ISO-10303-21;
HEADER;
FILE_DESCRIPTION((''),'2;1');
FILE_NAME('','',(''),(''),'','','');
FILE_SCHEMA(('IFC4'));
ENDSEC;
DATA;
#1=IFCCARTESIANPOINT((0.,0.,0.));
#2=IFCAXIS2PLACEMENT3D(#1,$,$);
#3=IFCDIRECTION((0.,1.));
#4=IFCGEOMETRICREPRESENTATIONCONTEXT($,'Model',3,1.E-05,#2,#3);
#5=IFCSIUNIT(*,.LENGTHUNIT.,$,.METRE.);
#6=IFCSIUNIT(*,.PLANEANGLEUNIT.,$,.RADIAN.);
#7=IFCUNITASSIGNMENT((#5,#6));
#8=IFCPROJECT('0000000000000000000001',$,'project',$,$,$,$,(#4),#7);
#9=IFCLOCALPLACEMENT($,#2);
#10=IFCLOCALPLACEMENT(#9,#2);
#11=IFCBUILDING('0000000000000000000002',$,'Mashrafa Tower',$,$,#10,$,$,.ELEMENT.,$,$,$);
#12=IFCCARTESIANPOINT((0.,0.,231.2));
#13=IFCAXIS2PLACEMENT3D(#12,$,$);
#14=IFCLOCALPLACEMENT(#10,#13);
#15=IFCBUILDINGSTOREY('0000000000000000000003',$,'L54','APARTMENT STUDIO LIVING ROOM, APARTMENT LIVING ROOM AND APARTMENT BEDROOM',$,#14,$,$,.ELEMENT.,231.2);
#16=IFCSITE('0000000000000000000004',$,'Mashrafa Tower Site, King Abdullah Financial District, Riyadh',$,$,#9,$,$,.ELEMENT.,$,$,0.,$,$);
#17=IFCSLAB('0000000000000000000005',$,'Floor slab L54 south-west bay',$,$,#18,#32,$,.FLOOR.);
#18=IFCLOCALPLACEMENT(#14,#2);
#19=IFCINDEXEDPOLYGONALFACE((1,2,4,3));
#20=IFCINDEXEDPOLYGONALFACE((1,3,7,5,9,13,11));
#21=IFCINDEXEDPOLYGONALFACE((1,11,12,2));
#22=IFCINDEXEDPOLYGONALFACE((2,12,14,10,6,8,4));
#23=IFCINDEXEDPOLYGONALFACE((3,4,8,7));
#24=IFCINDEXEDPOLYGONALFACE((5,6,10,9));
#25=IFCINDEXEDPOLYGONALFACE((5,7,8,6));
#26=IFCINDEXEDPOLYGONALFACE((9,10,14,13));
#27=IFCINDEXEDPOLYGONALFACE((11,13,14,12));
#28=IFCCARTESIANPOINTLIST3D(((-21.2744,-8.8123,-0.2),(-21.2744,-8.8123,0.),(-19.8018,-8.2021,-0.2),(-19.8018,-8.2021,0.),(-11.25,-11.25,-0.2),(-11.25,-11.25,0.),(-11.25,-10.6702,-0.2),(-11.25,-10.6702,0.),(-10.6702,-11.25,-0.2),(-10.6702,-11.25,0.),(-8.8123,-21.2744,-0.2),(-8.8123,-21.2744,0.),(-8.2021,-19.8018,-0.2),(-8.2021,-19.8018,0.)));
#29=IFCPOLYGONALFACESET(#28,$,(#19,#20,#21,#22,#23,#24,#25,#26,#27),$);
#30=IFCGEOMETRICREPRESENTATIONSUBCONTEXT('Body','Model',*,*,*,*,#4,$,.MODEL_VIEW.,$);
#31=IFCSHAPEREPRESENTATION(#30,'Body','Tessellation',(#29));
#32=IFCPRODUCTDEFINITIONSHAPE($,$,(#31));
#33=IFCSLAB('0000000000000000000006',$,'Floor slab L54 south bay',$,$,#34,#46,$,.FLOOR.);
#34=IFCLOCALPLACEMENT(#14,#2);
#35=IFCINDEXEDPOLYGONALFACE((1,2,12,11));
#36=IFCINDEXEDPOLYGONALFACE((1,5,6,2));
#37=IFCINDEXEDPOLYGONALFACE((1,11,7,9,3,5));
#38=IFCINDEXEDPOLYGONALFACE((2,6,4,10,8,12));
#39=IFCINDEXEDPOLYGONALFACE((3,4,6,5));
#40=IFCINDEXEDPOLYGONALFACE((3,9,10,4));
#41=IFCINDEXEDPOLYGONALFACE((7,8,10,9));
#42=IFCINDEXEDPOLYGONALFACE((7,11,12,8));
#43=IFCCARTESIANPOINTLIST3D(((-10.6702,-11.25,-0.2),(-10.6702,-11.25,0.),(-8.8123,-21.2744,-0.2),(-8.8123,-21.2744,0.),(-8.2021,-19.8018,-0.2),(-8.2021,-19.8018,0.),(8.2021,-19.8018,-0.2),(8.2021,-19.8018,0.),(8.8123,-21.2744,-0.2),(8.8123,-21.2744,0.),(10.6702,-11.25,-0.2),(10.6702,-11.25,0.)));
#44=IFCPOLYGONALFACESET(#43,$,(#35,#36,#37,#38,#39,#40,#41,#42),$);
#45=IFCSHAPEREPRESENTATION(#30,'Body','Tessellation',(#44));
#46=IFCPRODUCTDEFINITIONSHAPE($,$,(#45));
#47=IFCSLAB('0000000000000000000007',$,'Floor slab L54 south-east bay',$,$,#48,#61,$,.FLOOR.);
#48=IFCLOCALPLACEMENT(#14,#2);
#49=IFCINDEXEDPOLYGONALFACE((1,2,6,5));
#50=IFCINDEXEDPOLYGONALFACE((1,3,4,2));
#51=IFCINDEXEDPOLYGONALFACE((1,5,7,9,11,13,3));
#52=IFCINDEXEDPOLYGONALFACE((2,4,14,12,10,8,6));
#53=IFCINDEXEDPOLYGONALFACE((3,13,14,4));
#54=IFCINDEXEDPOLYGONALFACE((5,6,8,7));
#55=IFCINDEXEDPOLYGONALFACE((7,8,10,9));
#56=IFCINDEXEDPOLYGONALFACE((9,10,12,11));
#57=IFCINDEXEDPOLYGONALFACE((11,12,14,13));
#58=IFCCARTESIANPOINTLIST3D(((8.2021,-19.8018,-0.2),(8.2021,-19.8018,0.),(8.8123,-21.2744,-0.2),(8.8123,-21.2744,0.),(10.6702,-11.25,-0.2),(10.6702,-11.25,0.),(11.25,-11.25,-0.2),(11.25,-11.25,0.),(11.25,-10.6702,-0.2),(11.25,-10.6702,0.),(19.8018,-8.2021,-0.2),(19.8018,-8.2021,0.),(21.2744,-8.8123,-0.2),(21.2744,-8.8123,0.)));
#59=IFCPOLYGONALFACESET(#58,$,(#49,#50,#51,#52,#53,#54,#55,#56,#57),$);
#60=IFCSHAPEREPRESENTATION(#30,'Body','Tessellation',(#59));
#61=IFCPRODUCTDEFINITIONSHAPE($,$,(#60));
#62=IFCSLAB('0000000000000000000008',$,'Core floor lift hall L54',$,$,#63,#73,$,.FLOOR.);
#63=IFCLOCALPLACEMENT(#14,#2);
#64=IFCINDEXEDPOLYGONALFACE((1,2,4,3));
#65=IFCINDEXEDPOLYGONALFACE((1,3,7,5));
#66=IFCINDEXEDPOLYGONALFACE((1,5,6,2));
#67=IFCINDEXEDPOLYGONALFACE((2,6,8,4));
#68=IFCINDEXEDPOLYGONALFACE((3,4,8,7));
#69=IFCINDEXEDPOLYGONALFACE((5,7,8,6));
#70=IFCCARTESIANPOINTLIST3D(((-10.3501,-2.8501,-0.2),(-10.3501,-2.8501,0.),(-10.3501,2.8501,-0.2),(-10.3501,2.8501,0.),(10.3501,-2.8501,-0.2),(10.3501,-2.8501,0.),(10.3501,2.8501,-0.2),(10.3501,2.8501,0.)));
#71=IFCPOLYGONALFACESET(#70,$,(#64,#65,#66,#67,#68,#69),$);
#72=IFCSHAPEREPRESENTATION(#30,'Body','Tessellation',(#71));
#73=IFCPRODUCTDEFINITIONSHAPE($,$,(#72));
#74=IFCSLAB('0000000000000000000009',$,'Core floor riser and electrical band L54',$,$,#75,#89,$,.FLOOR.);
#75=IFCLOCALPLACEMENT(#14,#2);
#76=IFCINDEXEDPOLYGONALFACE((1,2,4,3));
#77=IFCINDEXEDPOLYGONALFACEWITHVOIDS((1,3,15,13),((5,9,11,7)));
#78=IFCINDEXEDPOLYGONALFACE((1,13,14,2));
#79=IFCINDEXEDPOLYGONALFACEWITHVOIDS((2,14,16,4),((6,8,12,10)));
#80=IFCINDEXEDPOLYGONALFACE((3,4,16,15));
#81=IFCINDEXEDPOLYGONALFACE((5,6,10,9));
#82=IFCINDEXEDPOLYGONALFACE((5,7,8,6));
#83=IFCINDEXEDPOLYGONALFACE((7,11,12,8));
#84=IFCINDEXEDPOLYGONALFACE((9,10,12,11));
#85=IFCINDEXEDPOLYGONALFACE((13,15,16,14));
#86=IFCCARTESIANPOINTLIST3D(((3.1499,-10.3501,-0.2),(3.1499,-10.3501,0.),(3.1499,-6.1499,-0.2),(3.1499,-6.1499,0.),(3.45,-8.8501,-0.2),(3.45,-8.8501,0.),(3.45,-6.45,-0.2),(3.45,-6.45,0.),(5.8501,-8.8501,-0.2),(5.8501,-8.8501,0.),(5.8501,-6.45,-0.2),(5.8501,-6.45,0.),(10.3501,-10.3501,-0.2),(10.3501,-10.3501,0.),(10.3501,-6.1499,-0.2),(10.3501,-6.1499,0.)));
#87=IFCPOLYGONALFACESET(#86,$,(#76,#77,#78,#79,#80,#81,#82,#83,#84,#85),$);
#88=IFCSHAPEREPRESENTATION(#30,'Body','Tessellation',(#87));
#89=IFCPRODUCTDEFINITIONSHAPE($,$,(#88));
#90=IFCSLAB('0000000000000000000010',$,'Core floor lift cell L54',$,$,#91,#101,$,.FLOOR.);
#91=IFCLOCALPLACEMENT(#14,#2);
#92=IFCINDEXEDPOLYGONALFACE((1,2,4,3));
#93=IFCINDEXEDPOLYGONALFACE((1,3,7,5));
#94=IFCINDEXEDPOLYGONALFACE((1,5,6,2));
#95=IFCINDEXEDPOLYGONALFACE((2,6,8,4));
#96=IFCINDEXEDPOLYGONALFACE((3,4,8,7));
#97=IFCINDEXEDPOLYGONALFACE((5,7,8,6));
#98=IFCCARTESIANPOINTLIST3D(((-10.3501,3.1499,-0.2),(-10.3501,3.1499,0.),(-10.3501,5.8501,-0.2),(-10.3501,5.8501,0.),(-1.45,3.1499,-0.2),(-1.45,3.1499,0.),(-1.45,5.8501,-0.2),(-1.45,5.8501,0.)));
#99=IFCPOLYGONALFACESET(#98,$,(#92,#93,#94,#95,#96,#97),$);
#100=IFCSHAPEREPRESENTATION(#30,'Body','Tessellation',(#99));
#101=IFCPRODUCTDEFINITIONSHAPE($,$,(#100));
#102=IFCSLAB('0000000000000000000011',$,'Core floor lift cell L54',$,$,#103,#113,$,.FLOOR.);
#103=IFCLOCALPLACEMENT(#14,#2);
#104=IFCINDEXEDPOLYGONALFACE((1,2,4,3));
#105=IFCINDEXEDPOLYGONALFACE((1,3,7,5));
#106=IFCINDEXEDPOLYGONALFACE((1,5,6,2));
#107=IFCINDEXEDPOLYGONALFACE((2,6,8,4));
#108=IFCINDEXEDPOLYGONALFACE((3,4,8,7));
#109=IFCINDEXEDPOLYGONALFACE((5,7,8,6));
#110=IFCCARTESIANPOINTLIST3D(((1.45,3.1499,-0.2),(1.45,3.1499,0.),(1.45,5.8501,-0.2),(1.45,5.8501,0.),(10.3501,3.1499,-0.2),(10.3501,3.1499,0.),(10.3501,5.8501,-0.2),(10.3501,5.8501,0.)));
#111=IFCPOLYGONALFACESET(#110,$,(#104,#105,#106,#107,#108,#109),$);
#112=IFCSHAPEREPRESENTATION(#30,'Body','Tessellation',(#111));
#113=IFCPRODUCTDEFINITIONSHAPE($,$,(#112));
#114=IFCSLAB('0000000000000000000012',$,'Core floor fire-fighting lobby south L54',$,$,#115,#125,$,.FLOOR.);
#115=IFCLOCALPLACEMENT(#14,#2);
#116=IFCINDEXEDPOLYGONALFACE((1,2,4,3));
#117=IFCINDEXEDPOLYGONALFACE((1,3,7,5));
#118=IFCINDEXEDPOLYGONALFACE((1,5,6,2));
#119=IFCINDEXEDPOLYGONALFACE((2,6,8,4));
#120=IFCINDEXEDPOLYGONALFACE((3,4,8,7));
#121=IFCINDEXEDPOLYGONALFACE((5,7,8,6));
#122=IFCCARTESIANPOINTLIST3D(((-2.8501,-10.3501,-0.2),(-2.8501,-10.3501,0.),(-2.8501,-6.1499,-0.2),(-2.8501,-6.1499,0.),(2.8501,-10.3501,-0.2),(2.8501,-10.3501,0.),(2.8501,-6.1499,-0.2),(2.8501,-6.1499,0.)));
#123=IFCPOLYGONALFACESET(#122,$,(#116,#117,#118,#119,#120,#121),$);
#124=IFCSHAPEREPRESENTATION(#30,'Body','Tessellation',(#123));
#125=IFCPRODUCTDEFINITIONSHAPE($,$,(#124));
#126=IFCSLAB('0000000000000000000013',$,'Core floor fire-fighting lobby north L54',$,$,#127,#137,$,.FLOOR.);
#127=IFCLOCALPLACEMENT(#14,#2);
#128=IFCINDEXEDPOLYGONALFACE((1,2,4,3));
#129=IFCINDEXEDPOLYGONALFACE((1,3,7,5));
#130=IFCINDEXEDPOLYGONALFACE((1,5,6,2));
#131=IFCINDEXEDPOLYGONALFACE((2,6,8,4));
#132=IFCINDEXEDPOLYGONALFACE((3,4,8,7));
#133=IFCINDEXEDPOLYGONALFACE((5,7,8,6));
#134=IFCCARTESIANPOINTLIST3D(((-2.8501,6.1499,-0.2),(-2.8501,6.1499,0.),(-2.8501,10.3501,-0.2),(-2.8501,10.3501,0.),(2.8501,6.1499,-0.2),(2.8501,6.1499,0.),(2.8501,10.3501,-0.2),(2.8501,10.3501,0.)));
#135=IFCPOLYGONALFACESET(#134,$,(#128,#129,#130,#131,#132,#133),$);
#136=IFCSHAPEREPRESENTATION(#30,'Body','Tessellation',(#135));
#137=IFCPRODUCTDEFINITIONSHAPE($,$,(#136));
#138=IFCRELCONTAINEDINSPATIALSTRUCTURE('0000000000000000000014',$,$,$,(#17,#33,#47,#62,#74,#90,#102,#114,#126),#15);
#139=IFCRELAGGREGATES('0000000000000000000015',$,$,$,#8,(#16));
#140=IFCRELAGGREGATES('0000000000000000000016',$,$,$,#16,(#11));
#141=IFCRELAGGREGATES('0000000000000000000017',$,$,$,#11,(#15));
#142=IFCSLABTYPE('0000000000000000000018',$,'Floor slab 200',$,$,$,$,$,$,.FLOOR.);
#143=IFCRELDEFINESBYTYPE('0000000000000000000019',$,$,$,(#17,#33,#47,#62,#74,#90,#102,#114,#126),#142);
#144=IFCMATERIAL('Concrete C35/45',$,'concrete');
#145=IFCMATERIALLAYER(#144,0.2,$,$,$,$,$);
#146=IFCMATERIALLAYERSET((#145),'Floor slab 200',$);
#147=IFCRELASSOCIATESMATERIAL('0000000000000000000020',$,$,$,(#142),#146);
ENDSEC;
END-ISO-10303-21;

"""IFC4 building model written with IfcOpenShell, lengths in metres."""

from ifc_helpers import new_model, si_unit, direction, frame, origin, place, context, subcontext, project, spatial, polyline, outline, extrude, material, layer, layer_set, type_object, element, save


model = new_model("IFC4")

# Units and contexts
model_context = context("Model", 3, precision=1e-05, world=origin(), true_north=direction((0.0, 1.0)))
body_context = subcontext(model_context, "Body", "Model", "MODEL_VIEW")
ifc_project = project(units=[si_unit("LENGTHUNIT", "METRE"), si_unit("PLANEANGLEUNIT", "RADIAN")], contexts=[model_context])

# Site, building, storey
site_placement = place(None, origin())
site = spatial("IfcSite", under=ifc_project, at=site_placement, Name="Mashrafa Tower Site, King Abdullah Financial District, Riyadh", CompositionType="ELEMENT", RefElevation=0.0)
building_placement = place(site_placement, origin())
building = spatial("IfcBuilding", under=site, at=building_placement, Name="Mashrafa Tower", CompositionType="ELEMENT")
storey_placement = place(building_placement, frame((0.0, 0.0, 231.2)))
storey = spatial("IfcBuildingStorey", under=building, at=storey_placement, Name="L54", Description="APARTMENT STUDIO LIVING ROOM, APARTMENT LIVING ROOM AND APARTMENT BEDROOM", CompositionType="ELEMENT", Elevation=231.2)

# Slabs
ifc_material_1 = material(Name="Concrete C35/45", Category="concrete")
ifc_layer_1 = layer(ifc_material_1, 0.2)
ifc_layer_set_1 = layer_set([ifc_layer_1], Name="Floor slab 200")
slab_type = type_object("IfcSlabType", Name="Floor slab 200", PredefinedType="FLOOR", material=ifc_layer_set_1)
slab_1_placement = place(storey_placement, frame((0.0, 0.0, -0.2)))
element("IfcSlab", 1, at=slab_1_placement, inside=storey, type_object=slab_type, Name="Floor slab L54 south-west bay", PredefinedType="FLOOR", context=body_context, shape_type="SweptSolid", body=[
    extrude(outline(polyline([(-21.2744, -8.8123), (-19.8018, -8.2021), (-11.25, -10.6702), (-11.25, -11.25), (-10.6702, -11.25), (-8.2021, -19.8018), (-8.8123, -21.2744), (-21.2744, -8.8123)])), origin(), (0.0, 0.0, 1.0), 0.2),
])
slab_2_placement = place(storey_placement, frame((0.0, 0.0, -0.2)))
element("IfcSlab", 2, at=slab_2_placement, inside=storey, type_object=slab_type, Name="Floor slab L54 south bay", PredefinedType="FLOOR", context=body_context, shape_type="SweptSolid", body=[
    extrude(outline(polyline([(-8.8123, -21.2744), (-8.8123, -21.2744), (-8.2021, -19.8018), (-10.6702, -11.25), (10.6702, -11.25), (8.2021, -19.8018), (8.8123, -21.2744), (8.8123, -21.2744), (-8.8123, -21.2744)])), origin(), (0.0, 0.0, 1.0), 0.2),
])
slab_3_placement = place(storey_placement, frame((0.0, 0.0, -0.2)))
element("IfcSlab", 3, at=slab_3_placement, inside=storey, type_object=slab_type, Name="Floor slab L54 south-east bay", PredefinedType="FLOOR", context=body_context, shape_type="SweptSolid", body=[
    extrude(outline(polyline([(8.8123, -21.2744), (8.2021, -19.8018), (10.6702, -11.25), (11.25, -11.25), (11.25, -10.6702), (19.8018, -8.2021), (21.2744, -8.8123), (8.8123, -21.2744)])), origin(), (0.0, 0.0, 1.0), 0.2),
])
slab_4_placement = place(storey_placement, frame((0.0, 0.0, -0.2)))
element("IfcSlab", 4, at=slab_4_placement, inside=storey, type_object=slab_type, Name="Core floor lift hall L54", PredefinedType="FLOOR", context=body_context, shape_type="SweptSolid", body=[
    extrude(outline(polyline([(-10.3501, 2.8501), (10.3501, 2.8501), (10.3501, -2.8501), (-10.3501, -2.8501), (-10.3501, 2.8501)])), origin(), (0.0, 0.0, 1.0), 0.2),
])
slab_5_placement = place(storey_placement, frame((0.0, 0.0, -0.2)))
element("IfcSlab", 5, at=slab_5_placement, inside=storey, type_object=slab_type, Name="Core floor riser and electrical band L54", PredefinedType="FLOOR", context=body_context, shape_type="SweptSolid", body=[
    extrude(outline(polyline([(10.3501, -6.1499), (10.3501, -10.3501), (3.1499, -10.3501), (3.1499, -6.1499), (10.3501, -6.1499)]), holes=[polyline([(3.45, -8.8501), (5.8501, -8.8501), (5.8501, -6.45), (3.45, -6.45), (3.45, -8.8501)])]), origin(), (0.0, 0.0, 1.0), 0.2),
])
slab_6_placement = place(storey_placement, frame((0.0, 0.0, -0.2)))
element("IfcSlab", 6, at=slab_6_placement, inside=storey, type_object=slab_type, Name="Core floor lift cell L54", PredefinedType="FLOOR", context=body_context, shape_type="SweptSolid", body=[
    extrude(outline(polyline([(-10.3501, 5.8501), (-1.45, 5.8501), (-1.45, 3.1499), (-10.3501, 3.1499), (-10.3501, 5.8501)])), origin(), (0.0, 0.0, 1.0), 0.2),
])
slab_7_placement = place(storey_placement, frame((0.0, 0.0, -0.2)))
element("IfcSlab", 7, at=slab_7_placement, inside=storey, type_object=slab_type, Name="Core floor lift cell L54", PredefinedType="FLOOR", context=body_context, shape_type="SweptSolid", body=[
    extrude(outline(polyline([(1.45, 5.8501), (10.3501, 5.8501), (10.3501, 3.1499), (1.45, 3.1499), (1.45, 5.8501)])), origin(), (0.0, 0.0, 1.0), 0.2),
])
slab_8_placement = place(storey_placement, frame((0.0, 0.0, -0.2)))
element("IfcSlab", 8, at=slab_8_placement, inside=storey, type_object=slab_type, Name="Core floor fire-fighting lobby south L54", PredefinedType="FLOOR", context=body_context, shape_type="SweptSolid", body=[
    extrude(outline(polyline([(2.8501, -6.1499), (2.8501, -10.3501), (-2.8501, -10.3501), (-2.8501, -6.1499), (2.8501, -6.1499)])), origin(), (0.0, 0.0, 1.0), 0.2),
])
slab_9_placement = place(storey_placement, frame((0.0, 0.0, -0.2)))
element("IfcSlab", 9, at=slab_9_placement, inside=storey, type_object=slab_type, Name="Core floor fire-fighting lobby north L54", PredefinedType="FLOOR", context=body_context, shape_type="SweptSolid", body=[
    extrude(outline(polyline([(-2.8501, 10.3501), (2.8501, 10.3501), (2.8501, 6.1499), (-2.8501, 6.1499), (-2.8501, 10.3501)])), origin(), (0.0, 0.0, 1.0), 0.2),
])

save(model, "model.ifc")
